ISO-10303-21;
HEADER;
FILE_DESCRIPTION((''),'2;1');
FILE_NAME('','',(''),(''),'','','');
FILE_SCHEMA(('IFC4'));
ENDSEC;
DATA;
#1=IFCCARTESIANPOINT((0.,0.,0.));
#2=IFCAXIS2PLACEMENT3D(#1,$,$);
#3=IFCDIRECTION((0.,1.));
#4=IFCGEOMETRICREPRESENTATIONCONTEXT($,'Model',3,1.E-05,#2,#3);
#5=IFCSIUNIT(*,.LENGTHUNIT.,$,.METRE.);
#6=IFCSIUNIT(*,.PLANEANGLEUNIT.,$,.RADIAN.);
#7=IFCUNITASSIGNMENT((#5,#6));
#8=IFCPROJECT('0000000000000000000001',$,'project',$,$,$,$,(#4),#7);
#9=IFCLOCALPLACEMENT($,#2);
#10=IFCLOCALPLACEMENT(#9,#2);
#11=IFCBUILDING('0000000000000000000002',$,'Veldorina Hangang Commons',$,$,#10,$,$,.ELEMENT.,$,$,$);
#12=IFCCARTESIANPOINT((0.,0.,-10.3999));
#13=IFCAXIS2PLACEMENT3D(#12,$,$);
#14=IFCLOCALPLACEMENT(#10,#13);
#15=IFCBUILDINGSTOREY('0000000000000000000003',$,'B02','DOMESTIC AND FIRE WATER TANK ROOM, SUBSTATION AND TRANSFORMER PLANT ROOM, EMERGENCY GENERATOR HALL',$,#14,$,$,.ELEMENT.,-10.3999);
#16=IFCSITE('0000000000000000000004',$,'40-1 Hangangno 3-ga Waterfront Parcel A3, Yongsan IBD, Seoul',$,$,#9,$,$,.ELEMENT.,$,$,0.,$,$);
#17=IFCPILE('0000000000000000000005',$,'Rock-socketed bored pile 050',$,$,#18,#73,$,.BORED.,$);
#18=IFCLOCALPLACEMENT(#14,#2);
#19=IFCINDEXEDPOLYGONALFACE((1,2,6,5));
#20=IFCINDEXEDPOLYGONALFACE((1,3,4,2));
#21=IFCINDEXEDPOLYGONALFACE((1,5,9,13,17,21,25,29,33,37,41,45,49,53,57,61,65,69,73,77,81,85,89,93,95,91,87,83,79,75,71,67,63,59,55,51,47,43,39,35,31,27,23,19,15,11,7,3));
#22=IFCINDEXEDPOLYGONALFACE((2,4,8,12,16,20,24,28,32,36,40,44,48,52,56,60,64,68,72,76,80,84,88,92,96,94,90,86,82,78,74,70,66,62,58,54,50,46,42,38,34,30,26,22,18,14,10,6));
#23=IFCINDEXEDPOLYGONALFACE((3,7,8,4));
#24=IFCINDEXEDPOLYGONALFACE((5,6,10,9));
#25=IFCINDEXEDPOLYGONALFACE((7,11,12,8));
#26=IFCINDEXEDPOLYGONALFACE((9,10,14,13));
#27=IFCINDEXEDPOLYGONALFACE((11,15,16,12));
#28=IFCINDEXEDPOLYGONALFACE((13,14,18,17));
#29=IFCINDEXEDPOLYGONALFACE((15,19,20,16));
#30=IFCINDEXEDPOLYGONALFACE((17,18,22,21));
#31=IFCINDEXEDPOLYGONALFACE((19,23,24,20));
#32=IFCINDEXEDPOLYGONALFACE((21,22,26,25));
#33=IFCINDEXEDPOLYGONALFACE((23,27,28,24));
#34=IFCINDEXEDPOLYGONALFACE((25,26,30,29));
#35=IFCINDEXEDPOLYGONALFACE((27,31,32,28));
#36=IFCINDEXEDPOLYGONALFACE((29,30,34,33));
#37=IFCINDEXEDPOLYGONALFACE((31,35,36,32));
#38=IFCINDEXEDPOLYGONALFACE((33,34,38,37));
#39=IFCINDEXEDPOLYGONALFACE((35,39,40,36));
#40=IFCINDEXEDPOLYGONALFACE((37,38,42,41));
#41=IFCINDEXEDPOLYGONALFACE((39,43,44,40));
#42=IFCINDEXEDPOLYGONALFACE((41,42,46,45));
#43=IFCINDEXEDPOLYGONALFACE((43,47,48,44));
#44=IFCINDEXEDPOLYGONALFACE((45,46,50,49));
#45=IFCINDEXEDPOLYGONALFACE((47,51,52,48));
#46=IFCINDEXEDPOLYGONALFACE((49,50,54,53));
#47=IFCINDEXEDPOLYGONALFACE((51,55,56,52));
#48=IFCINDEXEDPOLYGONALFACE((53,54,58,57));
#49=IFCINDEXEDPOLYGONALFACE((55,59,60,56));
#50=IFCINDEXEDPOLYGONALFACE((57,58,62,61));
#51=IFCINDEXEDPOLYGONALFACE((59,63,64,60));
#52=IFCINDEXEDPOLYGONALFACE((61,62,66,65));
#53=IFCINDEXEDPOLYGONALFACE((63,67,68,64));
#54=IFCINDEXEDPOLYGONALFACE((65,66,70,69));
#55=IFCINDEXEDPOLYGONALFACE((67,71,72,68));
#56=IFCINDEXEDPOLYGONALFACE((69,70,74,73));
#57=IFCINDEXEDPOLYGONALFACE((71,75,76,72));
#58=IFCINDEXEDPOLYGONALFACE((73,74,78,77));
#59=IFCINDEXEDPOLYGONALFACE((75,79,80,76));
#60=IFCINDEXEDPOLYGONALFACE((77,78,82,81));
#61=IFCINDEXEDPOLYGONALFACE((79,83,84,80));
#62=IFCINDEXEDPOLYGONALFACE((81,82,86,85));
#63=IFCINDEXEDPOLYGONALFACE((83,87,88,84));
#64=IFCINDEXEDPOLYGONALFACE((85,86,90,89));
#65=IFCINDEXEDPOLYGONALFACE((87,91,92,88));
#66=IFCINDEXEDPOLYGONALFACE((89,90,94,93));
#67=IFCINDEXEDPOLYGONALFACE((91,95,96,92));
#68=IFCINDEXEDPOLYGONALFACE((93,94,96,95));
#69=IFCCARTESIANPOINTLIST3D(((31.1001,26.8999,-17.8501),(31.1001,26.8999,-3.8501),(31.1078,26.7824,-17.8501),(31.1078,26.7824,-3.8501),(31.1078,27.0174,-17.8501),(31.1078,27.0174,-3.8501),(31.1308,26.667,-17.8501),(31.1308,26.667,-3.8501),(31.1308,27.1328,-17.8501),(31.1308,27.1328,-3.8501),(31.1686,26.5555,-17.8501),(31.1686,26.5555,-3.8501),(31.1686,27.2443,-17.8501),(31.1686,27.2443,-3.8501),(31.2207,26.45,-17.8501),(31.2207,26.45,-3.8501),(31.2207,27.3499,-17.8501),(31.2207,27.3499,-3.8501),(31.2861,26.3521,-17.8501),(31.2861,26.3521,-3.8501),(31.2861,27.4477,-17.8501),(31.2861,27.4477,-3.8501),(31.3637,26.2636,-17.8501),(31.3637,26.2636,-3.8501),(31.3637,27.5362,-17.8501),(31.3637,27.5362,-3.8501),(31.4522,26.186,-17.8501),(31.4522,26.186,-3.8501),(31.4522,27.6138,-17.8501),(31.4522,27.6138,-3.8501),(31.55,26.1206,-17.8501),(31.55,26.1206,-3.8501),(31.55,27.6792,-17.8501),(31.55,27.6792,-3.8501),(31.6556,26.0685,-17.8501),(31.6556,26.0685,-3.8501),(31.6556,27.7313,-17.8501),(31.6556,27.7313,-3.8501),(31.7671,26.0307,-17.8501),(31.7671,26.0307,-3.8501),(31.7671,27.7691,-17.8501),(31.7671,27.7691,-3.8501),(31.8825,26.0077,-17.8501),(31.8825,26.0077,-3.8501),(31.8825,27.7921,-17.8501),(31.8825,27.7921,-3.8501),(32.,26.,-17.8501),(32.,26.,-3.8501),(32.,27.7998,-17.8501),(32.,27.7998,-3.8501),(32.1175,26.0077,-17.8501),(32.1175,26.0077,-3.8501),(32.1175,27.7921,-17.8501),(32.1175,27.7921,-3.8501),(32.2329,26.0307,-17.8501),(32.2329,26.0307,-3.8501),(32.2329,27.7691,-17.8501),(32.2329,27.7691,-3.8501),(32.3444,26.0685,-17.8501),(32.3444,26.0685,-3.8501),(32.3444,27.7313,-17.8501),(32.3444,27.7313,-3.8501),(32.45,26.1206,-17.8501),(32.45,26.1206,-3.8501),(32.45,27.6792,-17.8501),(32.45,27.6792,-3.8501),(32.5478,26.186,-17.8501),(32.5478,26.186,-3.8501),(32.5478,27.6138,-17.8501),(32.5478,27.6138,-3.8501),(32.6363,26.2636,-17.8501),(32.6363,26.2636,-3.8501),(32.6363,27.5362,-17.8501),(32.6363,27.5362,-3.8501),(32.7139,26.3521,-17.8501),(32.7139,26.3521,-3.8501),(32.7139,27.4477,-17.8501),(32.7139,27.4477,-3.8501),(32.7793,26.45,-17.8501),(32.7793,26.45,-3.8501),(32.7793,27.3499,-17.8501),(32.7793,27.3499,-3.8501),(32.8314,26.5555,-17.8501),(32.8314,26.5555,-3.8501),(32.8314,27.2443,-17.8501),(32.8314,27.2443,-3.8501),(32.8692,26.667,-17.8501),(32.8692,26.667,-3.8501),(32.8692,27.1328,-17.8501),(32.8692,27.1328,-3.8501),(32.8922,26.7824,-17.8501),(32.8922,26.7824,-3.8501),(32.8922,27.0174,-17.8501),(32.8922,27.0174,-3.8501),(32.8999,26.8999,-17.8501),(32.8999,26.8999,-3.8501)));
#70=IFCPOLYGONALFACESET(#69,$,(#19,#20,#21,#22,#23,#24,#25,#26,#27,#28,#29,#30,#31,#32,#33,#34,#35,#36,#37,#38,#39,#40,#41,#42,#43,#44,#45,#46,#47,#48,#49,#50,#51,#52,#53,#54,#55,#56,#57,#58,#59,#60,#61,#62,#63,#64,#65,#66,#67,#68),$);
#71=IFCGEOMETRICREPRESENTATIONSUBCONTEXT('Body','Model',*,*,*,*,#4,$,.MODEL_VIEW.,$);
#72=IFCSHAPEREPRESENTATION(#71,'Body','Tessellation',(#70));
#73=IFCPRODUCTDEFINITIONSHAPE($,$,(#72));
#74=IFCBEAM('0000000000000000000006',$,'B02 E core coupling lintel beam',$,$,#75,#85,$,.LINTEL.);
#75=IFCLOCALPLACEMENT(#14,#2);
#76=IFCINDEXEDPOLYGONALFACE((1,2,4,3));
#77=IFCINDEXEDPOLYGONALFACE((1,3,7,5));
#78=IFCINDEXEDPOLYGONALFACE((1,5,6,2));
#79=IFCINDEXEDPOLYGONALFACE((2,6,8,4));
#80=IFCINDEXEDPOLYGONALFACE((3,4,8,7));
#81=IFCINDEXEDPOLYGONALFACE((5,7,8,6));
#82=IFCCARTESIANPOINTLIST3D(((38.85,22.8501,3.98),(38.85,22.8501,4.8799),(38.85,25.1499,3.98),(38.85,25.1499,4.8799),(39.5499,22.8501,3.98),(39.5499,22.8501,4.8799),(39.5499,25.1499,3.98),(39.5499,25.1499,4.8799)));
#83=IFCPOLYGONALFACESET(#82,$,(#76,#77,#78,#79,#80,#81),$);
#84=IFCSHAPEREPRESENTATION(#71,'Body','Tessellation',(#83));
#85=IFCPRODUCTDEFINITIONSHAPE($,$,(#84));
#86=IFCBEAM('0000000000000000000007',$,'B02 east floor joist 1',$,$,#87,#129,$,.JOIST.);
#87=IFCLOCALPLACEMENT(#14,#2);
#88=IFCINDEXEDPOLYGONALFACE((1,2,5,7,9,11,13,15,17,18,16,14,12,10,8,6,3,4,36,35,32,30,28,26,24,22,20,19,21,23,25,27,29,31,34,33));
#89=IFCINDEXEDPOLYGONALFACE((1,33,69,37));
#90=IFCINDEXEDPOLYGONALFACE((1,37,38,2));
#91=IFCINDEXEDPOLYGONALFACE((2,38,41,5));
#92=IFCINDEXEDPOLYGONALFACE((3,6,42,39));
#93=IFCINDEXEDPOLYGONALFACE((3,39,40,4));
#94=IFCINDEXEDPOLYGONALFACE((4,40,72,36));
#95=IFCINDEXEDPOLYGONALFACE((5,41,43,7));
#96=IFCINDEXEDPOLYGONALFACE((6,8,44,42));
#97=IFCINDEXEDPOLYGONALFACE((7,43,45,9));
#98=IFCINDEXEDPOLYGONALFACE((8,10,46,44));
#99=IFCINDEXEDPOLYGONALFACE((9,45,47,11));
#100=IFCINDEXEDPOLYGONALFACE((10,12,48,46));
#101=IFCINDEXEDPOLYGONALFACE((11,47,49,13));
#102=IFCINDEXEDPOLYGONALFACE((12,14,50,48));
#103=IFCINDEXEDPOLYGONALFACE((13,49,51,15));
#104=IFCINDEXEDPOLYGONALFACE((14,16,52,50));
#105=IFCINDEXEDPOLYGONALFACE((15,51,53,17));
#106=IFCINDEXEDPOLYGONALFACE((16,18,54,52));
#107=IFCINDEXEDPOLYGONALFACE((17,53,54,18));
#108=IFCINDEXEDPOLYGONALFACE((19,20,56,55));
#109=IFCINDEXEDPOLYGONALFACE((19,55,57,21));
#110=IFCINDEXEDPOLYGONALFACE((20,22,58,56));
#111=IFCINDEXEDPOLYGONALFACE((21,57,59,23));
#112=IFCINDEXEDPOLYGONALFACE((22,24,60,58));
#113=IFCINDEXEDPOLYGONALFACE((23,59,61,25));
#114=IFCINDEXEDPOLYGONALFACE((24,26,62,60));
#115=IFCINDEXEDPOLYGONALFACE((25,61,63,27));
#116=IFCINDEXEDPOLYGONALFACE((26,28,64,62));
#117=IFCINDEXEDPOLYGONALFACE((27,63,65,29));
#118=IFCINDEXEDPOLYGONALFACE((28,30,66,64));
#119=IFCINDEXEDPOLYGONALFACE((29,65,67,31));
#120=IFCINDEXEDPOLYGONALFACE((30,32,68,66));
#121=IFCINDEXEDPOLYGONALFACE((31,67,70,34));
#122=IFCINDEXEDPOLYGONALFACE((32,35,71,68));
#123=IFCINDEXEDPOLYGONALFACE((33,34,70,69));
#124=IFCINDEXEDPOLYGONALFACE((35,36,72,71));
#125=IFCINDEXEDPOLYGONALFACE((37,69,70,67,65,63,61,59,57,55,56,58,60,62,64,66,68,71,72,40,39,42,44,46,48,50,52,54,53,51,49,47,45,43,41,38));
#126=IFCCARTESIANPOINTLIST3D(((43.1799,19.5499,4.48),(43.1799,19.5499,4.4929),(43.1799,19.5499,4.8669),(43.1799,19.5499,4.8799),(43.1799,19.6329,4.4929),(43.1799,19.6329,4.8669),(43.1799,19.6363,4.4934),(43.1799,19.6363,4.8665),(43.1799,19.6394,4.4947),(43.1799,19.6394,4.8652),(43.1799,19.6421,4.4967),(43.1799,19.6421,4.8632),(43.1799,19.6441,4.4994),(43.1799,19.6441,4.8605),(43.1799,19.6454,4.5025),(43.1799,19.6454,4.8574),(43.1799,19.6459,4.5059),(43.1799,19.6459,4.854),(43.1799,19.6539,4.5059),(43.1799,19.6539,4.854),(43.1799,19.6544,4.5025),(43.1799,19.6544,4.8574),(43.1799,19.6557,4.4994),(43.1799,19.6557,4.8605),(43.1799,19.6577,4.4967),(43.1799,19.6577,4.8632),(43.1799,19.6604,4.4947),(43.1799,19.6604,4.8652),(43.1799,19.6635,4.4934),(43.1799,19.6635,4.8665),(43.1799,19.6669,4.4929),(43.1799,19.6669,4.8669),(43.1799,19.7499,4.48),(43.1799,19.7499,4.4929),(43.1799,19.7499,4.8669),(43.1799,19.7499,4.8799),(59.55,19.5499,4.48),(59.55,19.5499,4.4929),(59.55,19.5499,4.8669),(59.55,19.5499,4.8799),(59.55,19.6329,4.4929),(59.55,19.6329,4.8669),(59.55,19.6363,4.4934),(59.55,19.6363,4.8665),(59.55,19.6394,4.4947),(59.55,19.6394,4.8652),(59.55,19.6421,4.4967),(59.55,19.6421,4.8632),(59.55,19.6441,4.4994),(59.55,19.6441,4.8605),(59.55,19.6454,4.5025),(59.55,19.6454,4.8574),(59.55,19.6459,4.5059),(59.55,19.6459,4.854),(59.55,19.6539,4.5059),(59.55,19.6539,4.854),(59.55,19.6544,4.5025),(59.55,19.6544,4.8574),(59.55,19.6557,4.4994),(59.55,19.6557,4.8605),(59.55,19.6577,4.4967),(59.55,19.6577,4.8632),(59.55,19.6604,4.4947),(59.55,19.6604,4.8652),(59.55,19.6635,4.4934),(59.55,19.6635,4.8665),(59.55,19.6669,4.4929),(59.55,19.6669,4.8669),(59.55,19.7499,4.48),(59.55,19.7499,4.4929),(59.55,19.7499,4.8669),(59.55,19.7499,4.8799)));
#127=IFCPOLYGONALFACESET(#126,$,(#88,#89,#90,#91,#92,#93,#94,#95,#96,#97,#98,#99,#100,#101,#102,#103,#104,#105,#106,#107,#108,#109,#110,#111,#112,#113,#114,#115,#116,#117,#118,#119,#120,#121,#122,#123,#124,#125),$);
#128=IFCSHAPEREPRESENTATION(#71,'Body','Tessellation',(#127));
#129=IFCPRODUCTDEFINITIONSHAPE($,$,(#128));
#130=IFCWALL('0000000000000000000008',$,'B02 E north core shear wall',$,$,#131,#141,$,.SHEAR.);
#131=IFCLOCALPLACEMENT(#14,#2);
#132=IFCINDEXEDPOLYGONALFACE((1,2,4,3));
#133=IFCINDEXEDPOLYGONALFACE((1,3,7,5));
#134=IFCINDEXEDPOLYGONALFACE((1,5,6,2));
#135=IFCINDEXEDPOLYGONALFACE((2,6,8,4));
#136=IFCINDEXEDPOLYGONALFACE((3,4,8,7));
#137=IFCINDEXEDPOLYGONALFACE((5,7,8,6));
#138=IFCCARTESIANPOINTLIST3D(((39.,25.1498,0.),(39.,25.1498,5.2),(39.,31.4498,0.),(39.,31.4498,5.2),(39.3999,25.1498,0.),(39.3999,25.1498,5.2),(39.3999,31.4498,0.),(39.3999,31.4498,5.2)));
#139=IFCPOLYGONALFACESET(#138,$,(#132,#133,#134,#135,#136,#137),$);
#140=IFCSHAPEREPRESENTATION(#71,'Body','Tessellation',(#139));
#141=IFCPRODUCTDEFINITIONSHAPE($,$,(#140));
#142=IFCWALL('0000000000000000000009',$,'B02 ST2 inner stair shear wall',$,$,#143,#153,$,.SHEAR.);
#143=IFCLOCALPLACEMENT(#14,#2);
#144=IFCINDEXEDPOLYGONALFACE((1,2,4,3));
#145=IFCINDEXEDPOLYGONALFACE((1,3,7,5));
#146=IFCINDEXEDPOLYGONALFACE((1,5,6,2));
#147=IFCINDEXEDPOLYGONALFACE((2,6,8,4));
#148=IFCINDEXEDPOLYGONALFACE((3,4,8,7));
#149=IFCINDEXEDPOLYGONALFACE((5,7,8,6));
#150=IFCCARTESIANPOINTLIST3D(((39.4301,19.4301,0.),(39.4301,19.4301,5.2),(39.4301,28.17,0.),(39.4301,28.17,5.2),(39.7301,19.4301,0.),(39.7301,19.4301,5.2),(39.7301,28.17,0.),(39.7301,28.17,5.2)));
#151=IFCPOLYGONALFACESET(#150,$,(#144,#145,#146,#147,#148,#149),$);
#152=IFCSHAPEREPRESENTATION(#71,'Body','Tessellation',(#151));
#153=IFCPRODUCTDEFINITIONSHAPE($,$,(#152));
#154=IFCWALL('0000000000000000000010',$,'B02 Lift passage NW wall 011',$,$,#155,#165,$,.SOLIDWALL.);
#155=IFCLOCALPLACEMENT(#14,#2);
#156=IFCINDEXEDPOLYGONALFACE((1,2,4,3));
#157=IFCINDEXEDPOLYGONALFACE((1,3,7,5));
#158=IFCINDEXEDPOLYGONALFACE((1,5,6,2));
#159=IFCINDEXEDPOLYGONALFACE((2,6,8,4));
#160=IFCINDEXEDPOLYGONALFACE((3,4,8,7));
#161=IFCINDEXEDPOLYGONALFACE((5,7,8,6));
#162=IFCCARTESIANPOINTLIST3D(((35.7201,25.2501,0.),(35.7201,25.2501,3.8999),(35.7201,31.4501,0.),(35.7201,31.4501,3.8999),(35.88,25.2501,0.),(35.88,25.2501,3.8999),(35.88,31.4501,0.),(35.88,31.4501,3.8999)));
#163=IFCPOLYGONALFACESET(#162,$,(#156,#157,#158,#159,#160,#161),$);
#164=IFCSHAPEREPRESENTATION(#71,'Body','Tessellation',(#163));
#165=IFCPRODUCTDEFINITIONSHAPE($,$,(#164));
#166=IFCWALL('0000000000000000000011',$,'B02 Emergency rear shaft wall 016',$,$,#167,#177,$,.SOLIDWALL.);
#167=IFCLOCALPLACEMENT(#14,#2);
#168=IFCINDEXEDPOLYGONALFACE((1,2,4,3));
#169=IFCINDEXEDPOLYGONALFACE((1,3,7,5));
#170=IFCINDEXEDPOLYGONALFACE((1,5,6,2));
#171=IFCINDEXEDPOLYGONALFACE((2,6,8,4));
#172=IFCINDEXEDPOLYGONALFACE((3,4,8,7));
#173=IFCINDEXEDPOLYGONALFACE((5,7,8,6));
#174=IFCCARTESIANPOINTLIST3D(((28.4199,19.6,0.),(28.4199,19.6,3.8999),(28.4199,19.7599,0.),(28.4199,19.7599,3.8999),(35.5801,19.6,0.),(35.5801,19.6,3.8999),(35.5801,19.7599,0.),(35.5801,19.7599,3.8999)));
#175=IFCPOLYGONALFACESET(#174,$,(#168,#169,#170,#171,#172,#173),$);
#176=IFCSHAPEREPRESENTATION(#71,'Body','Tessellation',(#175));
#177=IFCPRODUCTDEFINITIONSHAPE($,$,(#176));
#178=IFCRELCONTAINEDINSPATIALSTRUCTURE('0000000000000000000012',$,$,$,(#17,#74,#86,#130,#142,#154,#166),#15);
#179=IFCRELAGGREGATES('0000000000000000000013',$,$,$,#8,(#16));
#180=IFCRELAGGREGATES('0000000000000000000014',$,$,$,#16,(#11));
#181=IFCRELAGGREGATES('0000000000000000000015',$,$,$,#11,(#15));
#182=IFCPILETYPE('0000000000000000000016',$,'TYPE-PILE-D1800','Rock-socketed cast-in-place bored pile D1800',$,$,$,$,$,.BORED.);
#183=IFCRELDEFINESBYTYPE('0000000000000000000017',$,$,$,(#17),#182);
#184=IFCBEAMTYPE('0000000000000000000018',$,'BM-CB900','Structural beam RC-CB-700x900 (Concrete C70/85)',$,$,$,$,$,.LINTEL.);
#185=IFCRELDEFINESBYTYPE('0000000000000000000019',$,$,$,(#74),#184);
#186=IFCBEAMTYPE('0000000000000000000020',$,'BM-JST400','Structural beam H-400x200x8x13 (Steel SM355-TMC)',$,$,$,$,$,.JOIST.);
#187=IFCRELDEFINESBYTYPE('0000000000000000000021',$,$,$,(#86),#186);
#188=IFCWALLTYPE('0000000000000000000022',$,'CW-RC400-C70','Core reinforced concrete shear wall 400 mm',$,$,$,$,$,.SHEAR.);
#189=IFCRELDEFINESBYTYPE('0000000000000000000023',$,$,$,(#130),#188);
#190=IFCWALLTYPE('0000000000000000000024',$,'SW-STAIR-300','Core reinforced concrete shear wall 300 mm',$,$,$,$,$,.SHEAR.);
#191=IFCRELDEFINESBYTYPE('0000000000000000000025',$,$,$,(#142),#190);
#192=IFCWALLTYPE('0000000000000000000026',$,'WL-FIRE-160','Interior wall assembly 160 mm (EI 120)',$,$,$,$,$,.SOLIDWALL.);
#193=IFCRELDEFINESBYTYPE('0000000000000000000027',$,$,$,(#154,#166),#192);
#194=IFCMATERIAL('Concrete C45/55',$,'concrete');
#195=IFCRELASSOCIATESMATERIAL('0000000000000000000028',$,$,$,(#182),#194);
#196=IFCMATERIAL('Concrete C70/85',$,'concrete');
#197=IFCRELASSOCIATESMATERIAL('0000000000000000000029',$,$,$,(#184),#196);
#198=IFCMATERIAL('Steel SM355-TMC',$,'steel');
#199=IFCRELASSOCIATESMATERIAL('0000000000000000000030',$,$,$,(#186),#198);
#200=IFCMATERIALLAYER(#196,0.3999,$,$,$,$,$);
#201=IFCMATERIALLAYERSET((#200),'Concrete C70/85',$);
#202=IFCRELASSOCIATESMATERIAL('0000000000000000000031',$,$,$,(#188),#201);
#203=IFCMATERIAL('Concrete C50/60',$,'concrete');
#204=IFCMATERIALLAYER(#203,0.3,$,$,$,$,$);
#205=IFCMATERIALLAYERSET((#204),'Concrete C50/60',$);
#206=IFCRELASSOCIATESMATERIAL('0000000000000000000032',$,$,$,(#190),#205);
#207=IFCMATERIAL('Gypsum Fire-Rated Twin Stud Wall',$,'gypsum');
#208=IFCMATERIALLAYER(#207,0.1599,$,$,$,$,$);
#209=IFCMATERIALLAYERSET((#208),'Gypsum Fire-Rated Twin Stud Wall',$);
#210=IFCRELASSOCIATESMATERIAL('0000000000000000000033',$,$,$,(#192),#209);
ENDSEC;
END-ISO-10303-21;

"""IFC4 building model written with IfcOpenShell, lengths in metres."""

from ifc_helpers import new_model, si_unit, direction, frame, frame_2d, origin, origin_2d, place, context, subcontext, project, spatial, rectangle, circle, i_section, extrude, material, layer, layer_set, material_profile, profile_set, type_object, element, save


model = new_model("IFC4")

# Units and contexts
model_context = context("Model", 3, precision=1e-05, world=origin(), true_north=direction((0.0, 1.0)))
body_context = subcontext(model_context, "Body", "Model", "MODEL_VIEW")
ifc_project = project(units=[si_unit("LENGTHUNIT", "METRE"), si_unit("PLANEANGLEUNIT", "RADIAN")], contexts=[model_context])

# Site, building, storey
site_placement = place(None, origin())
site = spatial("IfcSite", under=ifc_project, at=site_placement, Name="40-1 Hangangno 3-ga Waterfront Parcel A3, Yongsan IBD, Seoul", CompositionType="ELEMENT", RefElevation=0.0)
building_placement = place(site_placement, origin())
building = spatial("IfcBuilding", under=site, at=building_placement, Name="Veldorina Hangang Commons", CompositionType="ELEMENT")
storey_placement = place(building_placement, frame((0.0, 0.0, -10.3999)))
storey = spatial("IfcBuildingStorey", under=building, at=storey_placement, Name="B02", Description="DOMESTIC AND FIRE WATER TANK ROOM, SUBSTATION AND TRANSFORMER PLANT ROOM, EMERGENCY GENERATOR HALL", CompositionType="ELEMENT", Elevation=-10.3999)

# Pile
ifc_material_1 = material(Name="Concrete C45/55", Category="concrete")
ifc_material_profile_1 = material_profile(ifc_material_1, circle(Radius=0.8999, at=origin_2d()), Name="PILE-D1800")
ifc_profile_set_1 = profile_set([ifc_material_profile_1], Name="Concrete C45/55")
pile_type = type_object("IfcPileType", Name="TYPE-PILE-D1800", Description="Rock-socketed cast-in-place bored pile D1800", PredefinedType="BORED", material=ifc_profile_set_1)
for number, where, z_axis, x_axis, name in (
    (1, (32.0, 26.8999, -3.8501), (0.0, 0.0, -1.0), (1.0, 0.0, 0.0), "Rock-socketed bored pile 050"),
):
    element("IfcPile", number, at=place(storey_placement, frame(where, z_axis=z_axis, x_axis=x_axis)), inside=storey, type_object=pile_type, Name=name, PredefinedType="BORED", context=body_context, shape_type="SweptSolid", body=[
        extrude(circle(Radius=0.8999, at=origin_2d()), origin(), (0.0, 0.0, 1.0), 14.0),
    ])

# Beams
ifc_material_2 = material(Name="Concrete C70/85", Category="concrete")
ifc_material_profile_2 = material_profile(ifc_material_2, rectangle(XDim=0.7, YDim=0.8999, at=origin_2d()), Name="RC-CB-700x900")
ifc_profile_set_2 = profile_set([ifc_material_profile_2], Name="Concrete C70/85")
beam_type_1 = type_object("IfcBeamType", Name="BM-CB900", Description="Structural beam RC-CB-700x900 (Concrete C70/85)", PredefinedType="LINTEL", material=ifc_profile_set_2)
beam_1_placement = place(storey_placement, frame((39.2, 22.8501, 4.4299), z_axis=(0.0, 1.0, 0.0), x_axis=(-1.0, 0.0, 0.0)))
element("IfcBeam", 2, at=beam_1_placement, inside=storey, type_object=beam_type_1, Name="B02 E core coupling lintel beam", PredefinedType="LINTEL", context=body_context, shape_type="SweptSolid", body=[
    extrude(rectangle(XDim=0.7, YDim=0.8999, at=origin_2d()), origin(), (0.0, 0.0, 1.0), 2.2998),
])
ifc_material_3 = material(Name="Steel SM355-TMC", Category="steel")
ifc_material_profile_3 = material_profile(ifc_material_3, i_section(OverallWidth=0.2, OverallDepth=0.3999, WebThickness=0.0081, FlangeThickness=0.0129, FilletRadius=0.0129, at=origin_2d()), Name="H-400x200x8x13")
ifc_profile_set_3 = profile_set([ifc_material_profile_3], Name="Steel SM355-TMC")
beam_type_2 = type_object("IfcBeamType", Name="BM-JST400", Description="Structural beam H-400x200x8x13 (Steel SM355-TMC)", PredefinedType="JOIST", material=ifc_profile_set_3)
beam_2_placement = place(storey_placement, frame((43.1799, 19.6499, 4.6799), z_axis=(1.0, 0.0, 0.0), x_axis=(0.0, 1.0, 0.0)))
element("IfcBeam", 3, at=beam_2_placement, inside=storey, type_object=beam_type_2, Name="B02 east floor joist 1", PredefinedType="JOIST", context=body_context, shape_type="SweptSolid", body=[
    extrude(i_section(OverallWidth=0.2, OverallDepth=0.3999, WebThickness=0.0081, FlangeThickness=0.0129, FilletRadius=0.0129, at=origin_2d()), origin(), (0.0, 0.0, 1.0), 16.3701),
])

# Walls
ifc_layer_1 = layer(ifc_material_2, 0.3999)
ifc_layer_set_1 = layer_set([ifc_layer_1], Name="Concrete C70/85")
wall_type_1 = type_object("IfcWallType", Name="CW-RC400-C70", Description="Core reinforced concrete shear wall 400 mm", PredefinedType="SHEAR", material=ifc_layer_set_1)
wall_1_placement = place(storey_placement, frame((39.2, 25.1499, 0.0), z_axis=(0.0, 0.0, 1.0), x_axis=(0.0, 1.0, 0.0)))
element("IfcWall", 4, at=wall_1_placement, inside=storey, type_object=wall_type_1, Name="B02 E north core shear wall", PredefinedType="SHEAR", context=body_context, shape_type="SweptSolid", body=[
    extrude(rectangle(XDim=6.3, YDim=0.3999, at=frame_2d((3.1499, 0.0))), origin(), (0.0, 0.0, 1.0), 5.2),
])
ifc_material_4 = material(Name="Concrete C50/60", Category="concrete")
ifc_layer_2 = layer(ifc_material_4, 0.3)
ifc_layer_set_2 = layer_set([ifc_layer_2], Name="Concrete C50/60")
wall_type_2 = type_object("IfcWallType", Name="SW-STAIR-300", Description="Core reinforced concrete shear wall 300 mm", PredefinedType="SHEAR", material=ifc_layer_set_2)
wall_2_placement = place(storey_placement, frame((39.5801, 19.4299, 0.0), z_axis=(0.0, 0.0, 1.0), x_axis=(0.0, 1.0, 0.0)))
element("IfcWall", 5, at=wall_2_placement, inside=storey, type_object=wall_type_2, Name="B02 ST2 inner stair shear wall", PredefinedType="SHEAR", context=body_context, shape_type="SweptSolid", body=[
    extrude(rectangle(XDim=8.74, YDim=0.3, at=frame_2d((4.3701, 0.0))), origin(), (0.0, 0.0, 1.0), 5.2),
])
ifc_material_5 = material(Name="Gypsum Fire-Rated Twin Stud Wall", Category="gypsum")
ifc_layer_3 = layer(ifc_material_5, 0.1599)
ifc_layer_set_3 = layer_set([ifc_layer_3], Name="Gypsum Fire-Rated Twin Stud Wall")
wall_type_3 = type_object("IfcWallType", Name="WL-FIRE-160", Description="Interior wall assembly 160 mm (EI 120)", PredefinedType="SOLIDWALL", material=ifc_layer_set_3)
wall_3_placement = place(storey_placement, frame((35.8, 25.25, 0.0), z_axis=(0.0, 0.0, 1.0), x_axis=(0.0, 1.0, 0.0)))
element("IfcWall", 6, at=wall_3_placement, inside=storey, type_object=wall_type_3, Name="B02 Lift passage NW wall 011", PredefinedType="SOLIDWALL", context=body_context, shape_type="SweptSolid", body=[
    extrude(rectangle(XDim=6.2, YDim=0.1599, at=frame_2d((3.1001, 0.0))), origin(), (0.0, 0.0, 1.0), 3.8999),
])
wall_4_placement = place(storey_placement, frame((28.4199, 19.6799, 0.0), z_axis=(0.0, 0.0, 1.0), x_axis=(1.0, 0.0, 0.0)))
element("IfcWall", 7, at=wall_4_placement, inside=storey, type_object=wall_type_3, Name="B02 Emergency rear shaft wall 016", PredefinedType="SOLIDWALL", context=body_context, shape_type="SweptSolid", body=[
    extrude(rectangle(XDim=7.1602, YDim=0.1599, at=frame_2d((3.5801, 0.0))), origin(), (0.0, 0.0, 1.0), 3.8999),
])

save(model, "model.ifc")
